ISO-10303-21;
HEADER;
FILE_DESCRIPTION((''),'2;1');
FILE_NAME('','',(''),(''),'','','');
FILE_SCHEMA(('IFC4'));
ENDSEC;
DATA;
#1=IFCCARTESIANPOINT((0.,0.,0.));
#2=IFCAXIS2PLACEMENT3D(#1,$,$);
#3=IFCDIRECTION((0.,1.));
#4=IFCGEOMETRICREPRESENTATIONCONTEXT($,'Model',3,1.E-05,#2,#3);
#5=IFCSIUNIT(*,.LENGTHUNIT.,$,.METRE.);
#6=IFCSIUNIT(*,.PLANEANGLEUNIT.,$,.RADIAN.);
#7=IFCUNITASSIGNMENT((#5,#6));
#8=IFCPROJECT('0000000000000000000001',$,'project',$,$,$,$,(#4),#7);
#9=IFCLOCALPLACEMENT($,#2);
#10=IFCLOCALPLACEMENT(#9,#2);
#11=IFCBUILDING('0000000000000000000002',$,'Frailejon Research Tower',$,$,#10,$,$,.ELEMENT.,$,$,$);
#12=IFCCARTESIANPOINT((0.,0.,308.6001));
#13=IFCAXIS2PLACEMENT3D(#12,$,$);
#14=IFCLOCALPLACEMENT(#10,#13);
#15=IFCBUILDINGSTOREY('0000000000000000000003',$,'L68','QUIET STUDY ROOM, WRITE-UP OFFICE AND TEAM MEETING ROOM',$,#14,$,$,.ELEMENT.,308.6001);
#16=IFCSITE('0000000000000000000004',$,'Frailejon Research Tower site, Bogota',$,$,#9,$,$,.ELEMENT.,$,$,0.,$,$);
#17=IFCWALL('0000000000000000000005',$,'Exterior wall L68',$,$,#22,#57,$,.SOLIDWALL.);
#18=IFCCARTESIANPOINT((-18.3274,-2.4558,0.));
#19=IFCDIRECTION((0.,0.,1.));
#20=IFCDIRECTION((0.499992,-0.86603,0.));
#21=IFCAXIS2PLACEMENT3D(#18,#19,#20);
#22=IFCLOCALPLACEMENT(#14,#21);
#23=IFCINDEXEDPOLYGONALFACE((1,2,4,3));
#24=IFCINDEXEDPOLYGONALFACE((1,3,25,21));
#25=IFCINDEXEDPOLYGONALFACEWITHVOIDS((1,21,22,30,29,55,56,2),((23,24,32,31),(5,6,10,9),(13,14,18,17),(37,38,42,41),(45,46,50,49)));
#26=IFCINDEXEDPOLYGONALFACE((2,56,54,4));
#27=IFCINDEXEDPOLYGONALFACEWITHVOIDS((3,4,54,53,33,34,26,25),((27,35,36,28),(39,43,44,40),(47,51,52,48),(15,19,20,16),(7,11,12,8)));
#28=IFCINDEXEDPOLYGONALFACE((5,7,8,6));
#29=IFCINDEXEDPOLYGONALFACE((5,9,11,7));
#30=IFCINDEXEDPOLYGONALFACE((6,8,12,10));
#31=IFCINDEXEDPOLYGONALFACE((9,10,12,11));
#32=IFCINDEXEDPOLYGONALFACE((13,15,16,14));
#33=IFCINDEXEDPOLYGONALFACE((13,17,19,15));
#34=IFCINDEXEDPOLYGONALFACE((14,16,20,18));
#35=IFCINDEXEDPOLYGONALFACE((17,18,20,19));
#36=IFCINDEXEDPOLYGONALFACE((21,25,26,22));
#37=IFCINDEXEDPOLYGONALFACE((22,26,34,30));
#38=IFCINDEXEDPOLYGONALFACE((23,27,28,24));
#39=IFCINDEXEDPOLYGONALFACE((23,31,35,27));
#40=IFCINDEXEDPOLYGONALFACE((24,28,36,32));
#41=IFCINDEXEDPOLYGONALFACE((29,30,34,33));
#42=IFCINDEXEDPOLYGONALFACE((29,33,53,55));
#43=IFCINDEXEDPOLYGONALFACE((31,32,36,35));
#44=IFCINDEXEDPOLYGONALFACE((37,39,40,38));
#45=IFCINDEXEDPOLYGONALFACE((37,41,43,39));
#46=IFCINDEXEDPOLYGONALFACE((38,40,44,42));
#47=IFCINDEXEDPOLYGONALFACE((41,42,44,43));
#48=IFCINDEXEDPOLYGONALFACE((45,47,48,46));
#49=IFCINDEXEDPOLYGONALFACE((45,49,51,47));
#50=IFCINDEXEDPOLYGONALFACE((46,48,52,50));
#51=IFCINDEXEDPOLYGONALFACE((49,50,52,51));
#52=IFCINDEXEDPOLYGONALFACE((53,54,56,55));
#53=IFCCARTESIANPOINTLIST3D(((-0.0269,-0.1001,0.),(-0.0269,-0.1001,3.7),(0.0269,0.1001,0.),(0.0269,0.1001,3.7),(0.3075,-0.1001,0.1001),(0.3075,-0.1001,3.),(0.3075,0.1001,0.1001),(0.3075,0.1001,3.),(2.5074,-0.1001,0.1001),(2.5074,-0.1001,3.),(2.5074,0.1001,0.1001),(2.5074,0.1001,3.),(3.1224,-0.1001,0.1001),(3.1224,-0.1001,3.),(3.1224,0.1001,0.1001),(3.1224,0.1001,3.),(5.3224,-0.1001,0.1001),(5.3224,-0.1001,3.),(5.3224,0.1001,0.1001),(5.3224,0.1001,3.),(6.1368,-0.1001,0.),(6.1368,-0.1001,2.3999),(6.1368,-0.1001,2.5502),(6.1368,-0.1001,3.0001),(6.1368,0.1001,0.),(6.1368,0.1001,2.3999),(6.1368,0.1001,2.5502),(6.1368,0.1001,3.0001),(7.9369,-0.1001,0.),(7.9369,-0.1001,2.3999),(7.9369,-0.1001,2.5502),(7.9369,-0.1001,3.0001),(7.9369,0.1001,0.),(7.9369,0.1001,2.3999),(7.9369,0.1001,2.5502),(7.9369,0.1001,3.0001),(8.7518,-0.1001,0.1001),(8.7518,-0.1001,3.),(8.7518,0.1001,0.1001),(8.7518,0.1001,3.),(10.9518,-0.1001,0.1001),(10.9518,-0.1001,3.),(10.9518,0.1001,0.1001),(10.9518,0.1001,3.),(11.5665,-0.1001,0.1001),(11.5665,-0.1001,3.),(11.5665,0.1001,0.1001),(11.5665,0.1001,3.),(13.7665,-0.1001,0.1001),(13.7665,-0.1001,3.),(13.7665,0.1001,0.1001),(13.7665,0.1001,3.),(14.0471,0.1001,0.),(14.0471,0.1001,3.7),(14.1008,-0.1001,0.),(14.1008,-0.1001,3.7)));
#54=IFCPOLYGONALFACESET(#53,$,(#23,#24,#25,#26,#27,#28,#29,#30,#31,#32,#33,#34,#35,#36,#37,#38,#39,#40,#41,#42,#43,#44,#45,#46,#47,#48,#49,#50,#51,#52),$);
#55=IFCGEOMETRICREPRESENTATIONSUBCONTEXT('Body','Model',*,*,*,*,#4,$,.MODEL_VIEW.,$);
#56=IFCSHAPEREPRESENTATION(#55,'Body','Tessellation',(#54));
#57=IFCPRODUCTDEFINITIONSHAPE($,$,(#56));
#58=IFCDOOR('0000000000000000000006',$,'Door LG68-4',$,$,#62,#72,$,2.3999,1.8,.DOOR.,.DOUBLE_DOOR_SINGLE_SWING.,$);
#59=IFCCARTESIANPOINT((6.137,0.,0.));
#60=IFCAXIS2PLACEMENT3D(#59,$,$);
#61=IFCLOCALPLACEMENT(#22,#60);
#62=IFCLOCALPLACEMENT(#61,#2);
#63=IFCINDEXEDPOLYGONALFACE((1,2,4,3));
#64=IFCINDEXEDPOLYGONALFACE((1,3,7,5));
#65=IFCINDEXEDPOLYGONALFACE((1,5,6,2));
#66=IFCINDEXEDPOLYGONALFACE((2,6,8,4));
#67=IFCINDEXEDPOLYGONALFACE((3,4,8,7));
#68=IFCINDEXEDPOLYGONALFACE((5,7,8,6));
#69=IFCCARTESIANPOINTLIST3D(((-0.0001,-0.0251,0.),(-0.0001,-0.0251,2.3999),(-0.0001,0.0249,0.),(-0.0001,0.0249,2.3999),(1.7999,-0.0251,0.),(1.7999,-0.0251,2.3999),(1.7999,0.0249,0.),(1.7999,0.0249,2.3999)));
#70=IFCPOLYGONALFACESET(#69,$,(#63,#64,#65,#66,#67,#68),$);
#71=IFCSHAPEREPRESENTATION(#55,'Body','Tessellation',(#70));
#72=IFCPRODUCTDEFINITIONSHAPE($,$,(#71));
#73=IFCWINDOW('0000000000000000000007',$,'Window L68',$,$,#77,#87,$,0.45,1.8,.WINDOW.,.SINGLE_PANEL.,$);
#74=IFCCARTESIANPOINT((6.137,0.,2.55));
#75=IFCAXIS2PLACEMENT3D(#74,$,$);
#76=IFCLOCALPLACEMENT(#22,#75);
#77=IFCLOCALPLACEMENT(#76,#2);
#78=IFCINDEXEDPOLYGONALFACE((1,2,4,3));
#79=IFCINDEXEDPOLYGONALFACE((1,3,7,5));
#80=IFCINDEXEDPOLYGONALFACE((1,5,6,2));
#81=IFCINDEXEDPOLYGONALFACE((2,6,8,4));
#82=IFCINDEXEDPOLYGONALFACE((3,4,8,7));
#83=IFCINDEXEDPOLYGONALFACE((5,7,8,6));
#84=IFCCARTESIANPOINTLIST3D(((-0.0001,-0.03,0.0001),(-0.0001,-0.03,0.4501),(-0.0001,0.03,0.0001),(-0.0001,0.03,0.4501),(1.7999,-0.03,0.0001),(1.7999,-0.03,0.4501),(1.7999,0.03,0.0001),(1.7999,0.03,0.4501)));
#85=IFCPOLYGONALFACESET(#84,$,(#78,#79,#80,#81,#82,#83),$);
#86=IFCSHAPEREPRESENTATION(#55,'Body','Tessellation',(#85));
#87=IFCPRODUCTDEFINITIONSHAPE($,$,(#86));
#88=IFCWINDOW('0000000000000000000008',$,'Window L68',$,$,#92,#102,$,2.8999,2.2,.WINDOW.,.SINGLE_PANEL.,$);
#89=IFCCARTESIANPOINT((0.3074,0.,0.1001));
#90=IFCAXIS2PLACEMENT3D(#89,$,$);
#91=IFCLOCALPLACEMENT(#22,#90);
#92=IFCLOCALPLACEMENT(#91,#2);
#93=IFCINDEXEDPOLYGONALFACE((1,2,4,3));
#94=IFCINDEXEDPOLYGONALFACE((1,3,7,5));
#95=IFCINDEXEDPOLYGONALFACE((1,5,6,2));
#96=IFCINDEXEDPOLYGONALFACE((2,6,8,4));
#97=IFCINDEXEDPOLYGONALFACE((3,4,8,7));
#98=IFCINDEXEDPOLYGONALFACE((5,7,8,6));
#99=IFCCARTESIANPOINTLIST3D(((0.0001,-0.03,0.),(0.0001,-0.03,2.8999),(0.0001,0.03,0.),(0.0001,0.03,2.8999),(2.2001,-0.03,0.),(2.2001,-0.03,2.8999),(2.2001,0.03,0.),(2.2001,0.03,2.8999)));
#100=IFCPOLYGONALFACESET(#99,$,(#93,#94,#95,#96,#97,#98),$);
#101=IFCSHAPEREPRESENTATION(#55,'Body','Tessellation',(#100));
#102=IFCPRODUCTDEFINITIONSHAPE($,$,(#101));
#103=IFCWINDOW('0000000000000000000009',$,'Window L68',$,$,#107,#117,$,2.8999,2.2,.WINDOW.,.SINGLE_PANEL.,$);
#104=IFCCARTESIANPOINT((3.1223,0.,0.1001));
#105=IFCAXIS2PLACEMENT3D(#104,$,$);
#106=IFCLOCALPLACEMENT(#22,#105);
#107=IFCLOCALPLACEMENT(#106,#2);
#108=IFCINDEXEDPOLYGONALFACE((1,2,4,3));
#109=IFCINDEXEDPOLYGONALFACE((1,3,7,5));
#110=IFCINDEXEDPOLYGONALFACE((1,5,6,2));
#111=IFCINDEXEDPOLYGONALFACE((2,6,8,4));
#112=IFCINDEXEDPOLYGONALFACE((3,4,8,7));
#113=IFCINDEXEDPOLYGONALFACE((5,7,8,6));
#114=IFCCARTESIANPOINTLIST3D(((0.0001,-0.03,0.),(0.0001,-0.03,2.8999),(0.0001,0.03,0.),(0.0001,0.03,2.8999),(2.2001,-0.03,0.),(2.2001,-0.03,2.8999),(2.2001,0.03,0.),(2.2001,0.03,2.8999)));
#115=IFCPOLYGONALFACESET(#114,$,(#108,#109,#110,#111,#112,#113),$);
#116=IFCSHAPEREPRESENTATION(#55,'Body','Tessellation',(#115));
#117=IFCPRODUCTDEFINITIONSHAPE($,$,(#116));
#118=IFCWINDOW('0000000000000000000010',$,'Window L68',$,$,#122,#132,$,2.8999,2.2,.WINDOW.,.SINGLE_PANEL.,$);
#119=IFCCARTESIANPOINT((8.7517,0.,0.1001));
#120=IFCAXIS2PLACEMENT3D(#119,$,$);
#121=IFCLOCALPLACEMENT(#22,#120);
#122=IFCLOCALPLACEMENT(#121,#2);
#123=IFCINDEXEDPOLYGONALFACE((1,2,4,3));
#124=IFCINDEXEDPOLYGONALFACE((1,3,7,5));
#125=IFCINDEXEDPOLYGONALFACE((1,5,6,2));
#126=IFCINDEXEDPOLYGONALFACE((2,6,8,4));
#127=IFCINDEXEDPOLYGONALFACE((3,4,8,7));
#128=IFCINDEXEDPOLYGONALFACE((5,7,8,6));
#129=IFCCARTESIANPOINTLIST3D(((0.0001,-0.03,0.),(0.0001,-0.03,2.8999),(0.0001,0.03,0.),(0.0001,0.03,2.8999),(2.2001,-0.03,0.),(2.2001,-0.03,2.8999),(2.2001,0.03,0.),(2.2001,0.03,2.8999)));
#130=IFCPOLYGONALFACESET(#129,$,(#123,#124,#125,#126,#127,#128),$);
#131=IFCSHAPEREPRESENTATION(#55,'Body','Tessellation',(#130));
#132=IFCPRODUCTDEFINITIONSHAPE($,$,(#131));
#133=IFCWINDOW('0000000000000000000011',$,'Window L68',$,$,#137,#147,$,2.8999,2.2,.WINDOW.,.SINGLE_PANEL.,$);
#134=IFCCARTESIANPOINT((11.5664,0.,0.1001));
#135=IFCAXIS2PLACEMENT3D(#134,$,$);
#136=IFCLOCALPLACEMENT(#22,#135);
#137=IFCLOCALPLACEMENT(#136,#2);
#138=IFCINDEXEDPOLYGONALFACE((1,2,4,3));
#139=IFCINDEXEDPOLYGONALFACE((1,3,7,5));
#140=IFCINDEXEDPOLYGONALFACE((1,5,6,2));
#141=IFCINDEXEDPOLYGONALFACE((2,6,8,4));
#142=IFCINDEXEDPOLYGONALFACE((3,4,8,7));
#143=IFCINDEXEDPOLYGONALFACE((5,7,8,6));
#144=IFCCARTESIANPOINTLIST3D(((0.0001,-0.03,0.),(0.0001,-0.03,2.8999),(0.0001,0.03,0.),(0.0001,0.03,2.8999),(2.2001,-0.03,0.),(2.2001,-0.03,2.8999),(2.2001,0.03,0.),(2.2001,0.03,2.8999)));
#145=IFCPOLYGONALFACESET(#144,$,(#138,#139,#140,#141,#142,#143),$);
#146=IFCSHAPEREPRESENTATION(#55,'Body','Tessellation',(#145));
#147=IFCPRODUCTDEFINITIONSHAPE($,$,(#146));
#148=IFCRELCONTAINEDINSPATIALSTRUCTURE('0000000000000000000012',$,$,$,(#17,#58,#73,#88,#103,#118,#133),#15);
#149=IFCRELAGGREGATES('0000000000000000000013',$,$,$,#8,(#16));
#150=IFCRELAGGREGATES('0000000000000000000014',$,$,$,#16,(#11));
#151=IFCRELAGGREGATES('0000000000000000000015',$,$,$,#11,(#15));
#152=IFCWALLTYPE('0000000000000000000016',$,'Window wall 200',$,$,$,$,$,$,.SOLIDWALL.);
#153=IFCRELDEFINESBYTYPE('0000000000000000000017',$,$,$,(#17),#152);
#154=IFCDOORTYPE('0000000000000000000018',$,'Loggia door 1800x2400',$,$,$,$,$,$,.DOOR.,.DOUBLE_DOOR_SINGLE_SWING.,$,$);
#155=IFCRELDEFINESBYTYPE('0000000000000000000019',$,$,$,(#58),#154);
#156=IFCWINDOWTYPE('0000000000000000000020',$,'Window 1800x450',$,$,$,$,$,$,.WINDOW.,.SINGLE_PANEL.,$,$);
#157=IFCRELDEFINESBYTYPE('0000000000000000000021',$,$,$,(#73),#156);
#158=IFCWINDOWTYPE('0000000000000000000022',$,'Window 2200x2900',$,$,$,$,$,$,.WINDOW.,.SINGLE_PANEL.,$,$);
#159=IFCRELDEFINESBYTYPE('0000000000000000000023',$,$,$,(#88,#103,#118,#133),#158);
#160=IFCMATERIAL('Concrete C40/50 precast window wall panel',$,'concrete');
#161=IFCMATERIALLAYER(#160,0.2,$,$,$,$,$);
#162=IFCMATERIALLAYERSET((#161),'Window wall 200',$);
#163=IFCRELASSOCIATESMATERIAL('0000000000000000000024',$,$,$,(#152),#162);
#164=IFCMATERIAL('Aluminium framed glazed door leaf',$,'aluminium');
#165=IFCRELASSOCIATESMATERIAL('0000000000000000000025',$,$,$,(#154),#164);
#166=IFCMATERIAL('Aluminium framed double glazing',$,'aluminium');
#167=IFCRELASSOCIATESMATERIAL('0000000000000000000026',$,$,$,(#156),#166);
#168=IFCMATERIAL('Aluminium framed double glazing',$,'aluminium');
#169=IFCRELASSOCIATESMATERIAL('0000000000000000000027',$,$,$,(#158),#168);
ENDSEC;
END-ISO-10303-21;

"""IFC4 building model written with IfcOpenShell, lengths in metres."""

from ifc_helpers import new_model, si_unit, direction, frame, frame_2d, origin, place, context, subcontext, project, spatial, polyline, rectangle, outline, extrude, material, layer, layer_set, type_object, element, fill, save


model = new_model("IFC4")

# Units and contexts
model_context = context("Model", 3, precision=1e-05, world=origin(), true_north=direction((0.0, 1.0)))
body_context = subcontext(model_context, "Body", "Model", "MODEL_VIEW")
ifc_project = project(units=[si_unit("LENGTHUNIT", "METRE"), si_unit("PLANEANGLEUNIT", "RADIAN")], contexts=[model_context])

# Site, building, storey
site_placement = place(None, origin())
site = spatial("IfcSite", under=ifc_project, at=site_placement, Name="Frailejon Research Tower site, Bogota", CompositionType="ELEMENT", RefElevation=0.0)
building_placement = place(site_placement, origin())
building = spatial("IfcBuilding", under=site, at=building_placement, Name="Frailejon Research Tower", CompositionType="ELEMENT")
storey_placement = place(building_placement, frame((0.0, 0.0, 308.6001)))
storey = spatial("IfcBuildingStorey", under=building, at=storey_placement, Name="L68", Description="QUIET STUDY ROOM, WRITE-UP OFFICE AND TEAM MEETING ROOM", CompositionType="ELEMENT", Elevation=308.6001)

# Wall, openings, door, windows
ifc_material_1 = material(Name="Concrete C40/50 precast window wall panel", Category="concrete")
ifc_layer_1 = layer(ifc_material_1, 0.2)
ifc_layer_set_1 = layer_set([ifc_layer_1], Name="Window wall 200")
wall_type_1 = type_object("IfcWallType", Name="Window wall 200", PredefinedType="SOLIDWALL", material=ifc_layer_set_1)
wall_1_placement = place(storey_placement, frame((-18.3274, -2.4558, 0.0), z_axis=(0.0, 0.0, 1.0), x_axis=(0.499992, -0.86603, 0.0)))
wall_1 = element("IfcWall", 1, at=wall_1_placement, inside=storey, type_object=wall_type_1, Name="Exterior wall L68", PredefinedType="SOLIDWALL", context=body_context, shape_type="SweptSolid", body=[
    extrude(outline(polyline([(-0.0269, -0.1001), (0.9822, -0.1001), (1.9915, -0.1001), (3.0005, -0.1001), (4.0095, -0.1001), (5.0188, -0.1001), (6.0278, -0.1001), (7.0371, -0.1001), (8.0461, -0.1001), (9.0552, -0.1001), (10.0645, -0.1001), (11.0735, -0.1001), (12.0825, -0.1001), (13.0918, -0.1001), (14.1008, -0.1001), (14.0471, 0.1001), (13.0457, 0.1001), (12.0442, 0.1001), (11.0427, 0.1001), (10.0413, 0.1001), (9.0398, 0.1001), (8.0383, 0.1001), (7.0371, 0.1001), (6.0356, 0.1001), (5.0342, 0.1001), (4.0327, 0.1001), (3.0312, 0.1001), (2.0298, 0.1001), (1.0283, 0.1001), (0.0269, 0.1001), (-0.0269, -0.1001)])), origin(), (0.0, 0.0, 1.0), 3.7),
])
opening_1_placement = place(wall_1_placement, frame((0.3074, 0.0, 0.1001)))
opening_1 = element("IfcOpeningElement", 2, at=opening_1_placement, cuts=wall_1, PredefinedType="OPENING", context=body_context, shape_type="SweptSolid", body=[
    extrude(rectangle(XDim=2.2, YDim=2.8999, at=frame_2d((1.1001, 1.45))), frame((0.0, 0.1099, 0.0), z_axis=(0.0, -1.0, 0.0), x_axis=(1.0, 0.0, 0.0)), (0.0, 0.0, 1.0), 0.22),
])
opening_2_placement = place(wall_1_placement, frame((3.1223, 0.0, 0.1001)))
opening_2 = element("IfcOpeningElement", 3, at=opening_2_placement, cuts=wall_1, PredefinedType="OPENING", context=body_context, shape_type="SweptSolid", body=[
    extrude(rectangle(XDim=2.2, YDim=2.8999, at=frame_2d((1.1001, 1.45))), frame((0.0, 0.1099, 0.0), z_axis=(0.0, -1.0, 0.0), x_axis=(1.0, 0.0, 0.0)), (0.0, 0.0, 1.0), 0.22),
])
opening_3_placement = place(wall_1_placement, frame((6.137, 0.0, 0.0)))
opening_3 = element("IfcOpeningElement", 4, at=opening_3_placement, cuts=wall_1, PredefinedType="OPENING", context=body_context, shape_type="SweptSolid", body=[
    extrude(rectangle(XDim=1.8, YDim=2.3999, at=frame_2d((0.8999, 1.2))), frame((0.0, 0.1099, 0.0), z_axis=(0.0, -1.0, 0.0), x_axis=(1.0, 0.0, 0.0)), (0.0, 0.0, 1.0), 0.22),
])
opening_4_placement = place(wall_1_placement, frame((6.137, 0.0, 2.55)))
opening_4 = element("IfcOpeningElement", 5, at=opening_4_placement, cuts=wall_1, PredefinedType="OPENING", context=body_context, shape_type="SweptSolid", body=[
    extrude(rectangle(XDim=1.8, YDim=0.45, at=frame_2d((0.8999, 0.2251))), frame((0.0, 0.1099, 0.0), z_axis=(0.0, -1.0, 0.0), x_axis=(1.0, 0.0, 0.0)), (0.0, 0.0, 1.0), 0.22),
])
opening_5_placement = place(wall_1_placement, frame((8.7517, 0.0, 0.1001)))
opening_5 = element("IfcOpeningElement", 6, at=opening_5_placement, cuts=wall_1, PredefinedType="OPENING", context=body_context, shape_type="SweptSolid", body=[
    extrude(rectangle(XDim=2.2, YDim=2.8999, at=frame_2d((1.1001, 1.45))), frame((0.0, 0.1099, 0.0), z_axis=(0.0, -1.0, 0.0), x_axis=(1.0, 0.0, 0.0)), (0.0, 0.0, 1.0), 0.22),
])
opening_6_placement = place(wall_1_placement, frame((11.5664, 0.0, 0.1001)))
opening_6 = element("IfcOpeningElement", 7, at=opening_6_placement, cuts=wall_1, PredefinedType="OPENING", context=body_context, shape_type="SweptSolid", body=[
    extrude(rectangle(XDim=2.2, YDim=2.8999, at=frame_2d((1.1001, 1.45))), frame((0.0, 0.1099, 0.0), z_axis=(0.0, -1.0, 0.0), x_axis=(1.0, 0.0, 0.0)), (0.0, 0.0, 1.0), 0.22),
])
ifc_material_2 = material(Name="Aluminium framed glazed door leaf", Category="aluminium")
door_type = type_object("IfcDoorType", Name="Loggia door 1800x2400", OperationType="DOUBLE_DOOR_SINGLE_SWING", PredefinedType="DOOR", material=ifc_material_2)
door_placement = place(opening_3_placement, origin())
door = element("IfcDoor", 8, at=door_placement, inside=storey, type_object=door_type, Name="Door LG68-4", OperationType="DOUBLE_DOOR_SINGLE_SWING", OverallHeight=2.3999, OverallWidth=1.8, PredefinedType="DOOR", context=body_context, shape_type="SweptSolid", body=[
    extrude(rectangle(XDim=1.8, YDim=2.3999, at=frame_2d((0.8999, 1.2))), frame((0.0, 0.0249, 0.0), z_axis=(0.0, -1.0, 0.0), x_axis=(1.0, 0.0, 0.0)), (0.0, 0.0, 1.0), 0.05),
])
fill(opening_3, door)
ifc_material_3 = material(Name="Aluminium framed double glazing", Category="aluminium")
window_type_1 = type_object("IfcWindowType", Name="Window 1800x450", PartitioningType="SINGLE_PANEL", PredefinedType="WINDOW", material=ifc_material_3)
window_1_placement = place(opening_4_placement, origin())
window_1 = element("IfcWindow", 9, at=window_1_placement, inside=storey, type_object=window_type_1, Name="Window L68", OverallHeight=0.45, OverallWidth=1.8, PartitioningType="SINGLE_PANEL", PredefinedType="WINDOW", context=body_context, shape_type="SweptSolid", body=[
    extrude(rectangle(XDim=1.8, YDim=0.45, at=frame_2d((0.8999, 0.2251))), frame((0.0, 0.03, 0.0), z_axis=(0.0, -1.0, 0.0), x_axis=(1.0, 0.0, 0.0)), (0.0, 0.0, 1.0), 0.0601),
])
fill(opening_4, window_1)
ifc_material_4 = material(Name="Aluminium framed double glazing", Category="aluminium")
window_type_2 = type_object("IfcWindowType", Name="Window 2200x2900", PartitioningType="SINGLE_PANEL", PredefinedType="WINDOW", material=ifc_material_4)
window_2_placement = place(opening_1_placement, origin())
window_2 = element("IfcWindow", 10, at=window_2_placement, inside=storey, type_object=window_type_2, Name="Window L68", OverallHeight=2.8999, OverallWidth=2.2, PartitioningType="SINGLE_PANEL", PredefinedType="WINDOW", context=body_context, shape_type="SweptSolid", body=[
    extrude(rectangle(XDim=2.2, YDim=2.8999, at=frame_2d((1.1001, 1.45))), frame((0.0, 0.03, 0.0), z_axis=(0.0, -1.0, 0.0), x_axis=(1.0, 0.0, 0.0)), (0.0, 0.0, 1.0), 0.0601),
])
fill(opening_1, window_2)
window_3_placement = place(opening_2_placement, origin())
window_3 = element("IfcWindow", 11, at=window_3_placement, inside=storey, type_object=window_type_2, Name="Window L68", OverallHeight=2.8999, OverallWidth=2.2, PartitioningType="SINGLE_PANEL", PredefinedType="WINDOW", context=body_context, shape_type="SweptSolid", body=[
    extrude(rectangle(XDim=2.2, YDim=2.8999, at=frame_2d((1.1001, 1.45))), frame((0.0, 0.03, 0.0), z_axis=(0.0, -1.0, 0.0), x_axis=(1.0, 0.0, 0.0)), (0.0, 0.0, 1.0), 0.0601),
])
fill(opening_2, window_3)
window_4_placement = place(opening_5_placement, origin())
window_4 = element("IfcWindow", 12, at=window_4_placement, inside=storey, type_object=window_type_2, Name="Window L68", OverallHeight=2.8999, OverallWidth=2.2, PartitioningType="SINGLE_PANEL", PredefinedType="WINDOW", context=body_context, shape_type="SweptSolid", body=[
    extrude(rectangle(XDim=2.2, YDim=2.8999, at=frame_2d((1.1001, 1.45))), frame((0.0, 0.03, 0.0), z_axis=(0.0, -1.0, 0.0), x_axis=(1.0, 0.0, 0.0)), (0.0, 0.0, 1.0), 0.0601),
])
fill(opening_5, window_4)
window_5_placement = place(opening_6_placement, origin())
window_5 = element("IfcWindow", 13, at=window_5_placement, inside=storey, type_object=window_type_2, Name="Window L68", OverallHeight=2.8999, OverallWidth=2.2, PartitioningType="SINGLE_PANEL", PredefinedType="WINDOW", context=body_context, shape_type="SweptSolid", body=[
    extrude(rectangle(XDim=2.2, YDim=2.8999, at=frame_2d((1.1001, 1.45))), frame((0.0, 0.03, 0.0), z_axis=(0.0, -1.0, 0.0), x_axis=(1.0, 0.0, 0.0)), (0.0, 0.0, 1.0), 0.0601),
])
fill(opening_6, window_5)

save(model, "model.ifc")
